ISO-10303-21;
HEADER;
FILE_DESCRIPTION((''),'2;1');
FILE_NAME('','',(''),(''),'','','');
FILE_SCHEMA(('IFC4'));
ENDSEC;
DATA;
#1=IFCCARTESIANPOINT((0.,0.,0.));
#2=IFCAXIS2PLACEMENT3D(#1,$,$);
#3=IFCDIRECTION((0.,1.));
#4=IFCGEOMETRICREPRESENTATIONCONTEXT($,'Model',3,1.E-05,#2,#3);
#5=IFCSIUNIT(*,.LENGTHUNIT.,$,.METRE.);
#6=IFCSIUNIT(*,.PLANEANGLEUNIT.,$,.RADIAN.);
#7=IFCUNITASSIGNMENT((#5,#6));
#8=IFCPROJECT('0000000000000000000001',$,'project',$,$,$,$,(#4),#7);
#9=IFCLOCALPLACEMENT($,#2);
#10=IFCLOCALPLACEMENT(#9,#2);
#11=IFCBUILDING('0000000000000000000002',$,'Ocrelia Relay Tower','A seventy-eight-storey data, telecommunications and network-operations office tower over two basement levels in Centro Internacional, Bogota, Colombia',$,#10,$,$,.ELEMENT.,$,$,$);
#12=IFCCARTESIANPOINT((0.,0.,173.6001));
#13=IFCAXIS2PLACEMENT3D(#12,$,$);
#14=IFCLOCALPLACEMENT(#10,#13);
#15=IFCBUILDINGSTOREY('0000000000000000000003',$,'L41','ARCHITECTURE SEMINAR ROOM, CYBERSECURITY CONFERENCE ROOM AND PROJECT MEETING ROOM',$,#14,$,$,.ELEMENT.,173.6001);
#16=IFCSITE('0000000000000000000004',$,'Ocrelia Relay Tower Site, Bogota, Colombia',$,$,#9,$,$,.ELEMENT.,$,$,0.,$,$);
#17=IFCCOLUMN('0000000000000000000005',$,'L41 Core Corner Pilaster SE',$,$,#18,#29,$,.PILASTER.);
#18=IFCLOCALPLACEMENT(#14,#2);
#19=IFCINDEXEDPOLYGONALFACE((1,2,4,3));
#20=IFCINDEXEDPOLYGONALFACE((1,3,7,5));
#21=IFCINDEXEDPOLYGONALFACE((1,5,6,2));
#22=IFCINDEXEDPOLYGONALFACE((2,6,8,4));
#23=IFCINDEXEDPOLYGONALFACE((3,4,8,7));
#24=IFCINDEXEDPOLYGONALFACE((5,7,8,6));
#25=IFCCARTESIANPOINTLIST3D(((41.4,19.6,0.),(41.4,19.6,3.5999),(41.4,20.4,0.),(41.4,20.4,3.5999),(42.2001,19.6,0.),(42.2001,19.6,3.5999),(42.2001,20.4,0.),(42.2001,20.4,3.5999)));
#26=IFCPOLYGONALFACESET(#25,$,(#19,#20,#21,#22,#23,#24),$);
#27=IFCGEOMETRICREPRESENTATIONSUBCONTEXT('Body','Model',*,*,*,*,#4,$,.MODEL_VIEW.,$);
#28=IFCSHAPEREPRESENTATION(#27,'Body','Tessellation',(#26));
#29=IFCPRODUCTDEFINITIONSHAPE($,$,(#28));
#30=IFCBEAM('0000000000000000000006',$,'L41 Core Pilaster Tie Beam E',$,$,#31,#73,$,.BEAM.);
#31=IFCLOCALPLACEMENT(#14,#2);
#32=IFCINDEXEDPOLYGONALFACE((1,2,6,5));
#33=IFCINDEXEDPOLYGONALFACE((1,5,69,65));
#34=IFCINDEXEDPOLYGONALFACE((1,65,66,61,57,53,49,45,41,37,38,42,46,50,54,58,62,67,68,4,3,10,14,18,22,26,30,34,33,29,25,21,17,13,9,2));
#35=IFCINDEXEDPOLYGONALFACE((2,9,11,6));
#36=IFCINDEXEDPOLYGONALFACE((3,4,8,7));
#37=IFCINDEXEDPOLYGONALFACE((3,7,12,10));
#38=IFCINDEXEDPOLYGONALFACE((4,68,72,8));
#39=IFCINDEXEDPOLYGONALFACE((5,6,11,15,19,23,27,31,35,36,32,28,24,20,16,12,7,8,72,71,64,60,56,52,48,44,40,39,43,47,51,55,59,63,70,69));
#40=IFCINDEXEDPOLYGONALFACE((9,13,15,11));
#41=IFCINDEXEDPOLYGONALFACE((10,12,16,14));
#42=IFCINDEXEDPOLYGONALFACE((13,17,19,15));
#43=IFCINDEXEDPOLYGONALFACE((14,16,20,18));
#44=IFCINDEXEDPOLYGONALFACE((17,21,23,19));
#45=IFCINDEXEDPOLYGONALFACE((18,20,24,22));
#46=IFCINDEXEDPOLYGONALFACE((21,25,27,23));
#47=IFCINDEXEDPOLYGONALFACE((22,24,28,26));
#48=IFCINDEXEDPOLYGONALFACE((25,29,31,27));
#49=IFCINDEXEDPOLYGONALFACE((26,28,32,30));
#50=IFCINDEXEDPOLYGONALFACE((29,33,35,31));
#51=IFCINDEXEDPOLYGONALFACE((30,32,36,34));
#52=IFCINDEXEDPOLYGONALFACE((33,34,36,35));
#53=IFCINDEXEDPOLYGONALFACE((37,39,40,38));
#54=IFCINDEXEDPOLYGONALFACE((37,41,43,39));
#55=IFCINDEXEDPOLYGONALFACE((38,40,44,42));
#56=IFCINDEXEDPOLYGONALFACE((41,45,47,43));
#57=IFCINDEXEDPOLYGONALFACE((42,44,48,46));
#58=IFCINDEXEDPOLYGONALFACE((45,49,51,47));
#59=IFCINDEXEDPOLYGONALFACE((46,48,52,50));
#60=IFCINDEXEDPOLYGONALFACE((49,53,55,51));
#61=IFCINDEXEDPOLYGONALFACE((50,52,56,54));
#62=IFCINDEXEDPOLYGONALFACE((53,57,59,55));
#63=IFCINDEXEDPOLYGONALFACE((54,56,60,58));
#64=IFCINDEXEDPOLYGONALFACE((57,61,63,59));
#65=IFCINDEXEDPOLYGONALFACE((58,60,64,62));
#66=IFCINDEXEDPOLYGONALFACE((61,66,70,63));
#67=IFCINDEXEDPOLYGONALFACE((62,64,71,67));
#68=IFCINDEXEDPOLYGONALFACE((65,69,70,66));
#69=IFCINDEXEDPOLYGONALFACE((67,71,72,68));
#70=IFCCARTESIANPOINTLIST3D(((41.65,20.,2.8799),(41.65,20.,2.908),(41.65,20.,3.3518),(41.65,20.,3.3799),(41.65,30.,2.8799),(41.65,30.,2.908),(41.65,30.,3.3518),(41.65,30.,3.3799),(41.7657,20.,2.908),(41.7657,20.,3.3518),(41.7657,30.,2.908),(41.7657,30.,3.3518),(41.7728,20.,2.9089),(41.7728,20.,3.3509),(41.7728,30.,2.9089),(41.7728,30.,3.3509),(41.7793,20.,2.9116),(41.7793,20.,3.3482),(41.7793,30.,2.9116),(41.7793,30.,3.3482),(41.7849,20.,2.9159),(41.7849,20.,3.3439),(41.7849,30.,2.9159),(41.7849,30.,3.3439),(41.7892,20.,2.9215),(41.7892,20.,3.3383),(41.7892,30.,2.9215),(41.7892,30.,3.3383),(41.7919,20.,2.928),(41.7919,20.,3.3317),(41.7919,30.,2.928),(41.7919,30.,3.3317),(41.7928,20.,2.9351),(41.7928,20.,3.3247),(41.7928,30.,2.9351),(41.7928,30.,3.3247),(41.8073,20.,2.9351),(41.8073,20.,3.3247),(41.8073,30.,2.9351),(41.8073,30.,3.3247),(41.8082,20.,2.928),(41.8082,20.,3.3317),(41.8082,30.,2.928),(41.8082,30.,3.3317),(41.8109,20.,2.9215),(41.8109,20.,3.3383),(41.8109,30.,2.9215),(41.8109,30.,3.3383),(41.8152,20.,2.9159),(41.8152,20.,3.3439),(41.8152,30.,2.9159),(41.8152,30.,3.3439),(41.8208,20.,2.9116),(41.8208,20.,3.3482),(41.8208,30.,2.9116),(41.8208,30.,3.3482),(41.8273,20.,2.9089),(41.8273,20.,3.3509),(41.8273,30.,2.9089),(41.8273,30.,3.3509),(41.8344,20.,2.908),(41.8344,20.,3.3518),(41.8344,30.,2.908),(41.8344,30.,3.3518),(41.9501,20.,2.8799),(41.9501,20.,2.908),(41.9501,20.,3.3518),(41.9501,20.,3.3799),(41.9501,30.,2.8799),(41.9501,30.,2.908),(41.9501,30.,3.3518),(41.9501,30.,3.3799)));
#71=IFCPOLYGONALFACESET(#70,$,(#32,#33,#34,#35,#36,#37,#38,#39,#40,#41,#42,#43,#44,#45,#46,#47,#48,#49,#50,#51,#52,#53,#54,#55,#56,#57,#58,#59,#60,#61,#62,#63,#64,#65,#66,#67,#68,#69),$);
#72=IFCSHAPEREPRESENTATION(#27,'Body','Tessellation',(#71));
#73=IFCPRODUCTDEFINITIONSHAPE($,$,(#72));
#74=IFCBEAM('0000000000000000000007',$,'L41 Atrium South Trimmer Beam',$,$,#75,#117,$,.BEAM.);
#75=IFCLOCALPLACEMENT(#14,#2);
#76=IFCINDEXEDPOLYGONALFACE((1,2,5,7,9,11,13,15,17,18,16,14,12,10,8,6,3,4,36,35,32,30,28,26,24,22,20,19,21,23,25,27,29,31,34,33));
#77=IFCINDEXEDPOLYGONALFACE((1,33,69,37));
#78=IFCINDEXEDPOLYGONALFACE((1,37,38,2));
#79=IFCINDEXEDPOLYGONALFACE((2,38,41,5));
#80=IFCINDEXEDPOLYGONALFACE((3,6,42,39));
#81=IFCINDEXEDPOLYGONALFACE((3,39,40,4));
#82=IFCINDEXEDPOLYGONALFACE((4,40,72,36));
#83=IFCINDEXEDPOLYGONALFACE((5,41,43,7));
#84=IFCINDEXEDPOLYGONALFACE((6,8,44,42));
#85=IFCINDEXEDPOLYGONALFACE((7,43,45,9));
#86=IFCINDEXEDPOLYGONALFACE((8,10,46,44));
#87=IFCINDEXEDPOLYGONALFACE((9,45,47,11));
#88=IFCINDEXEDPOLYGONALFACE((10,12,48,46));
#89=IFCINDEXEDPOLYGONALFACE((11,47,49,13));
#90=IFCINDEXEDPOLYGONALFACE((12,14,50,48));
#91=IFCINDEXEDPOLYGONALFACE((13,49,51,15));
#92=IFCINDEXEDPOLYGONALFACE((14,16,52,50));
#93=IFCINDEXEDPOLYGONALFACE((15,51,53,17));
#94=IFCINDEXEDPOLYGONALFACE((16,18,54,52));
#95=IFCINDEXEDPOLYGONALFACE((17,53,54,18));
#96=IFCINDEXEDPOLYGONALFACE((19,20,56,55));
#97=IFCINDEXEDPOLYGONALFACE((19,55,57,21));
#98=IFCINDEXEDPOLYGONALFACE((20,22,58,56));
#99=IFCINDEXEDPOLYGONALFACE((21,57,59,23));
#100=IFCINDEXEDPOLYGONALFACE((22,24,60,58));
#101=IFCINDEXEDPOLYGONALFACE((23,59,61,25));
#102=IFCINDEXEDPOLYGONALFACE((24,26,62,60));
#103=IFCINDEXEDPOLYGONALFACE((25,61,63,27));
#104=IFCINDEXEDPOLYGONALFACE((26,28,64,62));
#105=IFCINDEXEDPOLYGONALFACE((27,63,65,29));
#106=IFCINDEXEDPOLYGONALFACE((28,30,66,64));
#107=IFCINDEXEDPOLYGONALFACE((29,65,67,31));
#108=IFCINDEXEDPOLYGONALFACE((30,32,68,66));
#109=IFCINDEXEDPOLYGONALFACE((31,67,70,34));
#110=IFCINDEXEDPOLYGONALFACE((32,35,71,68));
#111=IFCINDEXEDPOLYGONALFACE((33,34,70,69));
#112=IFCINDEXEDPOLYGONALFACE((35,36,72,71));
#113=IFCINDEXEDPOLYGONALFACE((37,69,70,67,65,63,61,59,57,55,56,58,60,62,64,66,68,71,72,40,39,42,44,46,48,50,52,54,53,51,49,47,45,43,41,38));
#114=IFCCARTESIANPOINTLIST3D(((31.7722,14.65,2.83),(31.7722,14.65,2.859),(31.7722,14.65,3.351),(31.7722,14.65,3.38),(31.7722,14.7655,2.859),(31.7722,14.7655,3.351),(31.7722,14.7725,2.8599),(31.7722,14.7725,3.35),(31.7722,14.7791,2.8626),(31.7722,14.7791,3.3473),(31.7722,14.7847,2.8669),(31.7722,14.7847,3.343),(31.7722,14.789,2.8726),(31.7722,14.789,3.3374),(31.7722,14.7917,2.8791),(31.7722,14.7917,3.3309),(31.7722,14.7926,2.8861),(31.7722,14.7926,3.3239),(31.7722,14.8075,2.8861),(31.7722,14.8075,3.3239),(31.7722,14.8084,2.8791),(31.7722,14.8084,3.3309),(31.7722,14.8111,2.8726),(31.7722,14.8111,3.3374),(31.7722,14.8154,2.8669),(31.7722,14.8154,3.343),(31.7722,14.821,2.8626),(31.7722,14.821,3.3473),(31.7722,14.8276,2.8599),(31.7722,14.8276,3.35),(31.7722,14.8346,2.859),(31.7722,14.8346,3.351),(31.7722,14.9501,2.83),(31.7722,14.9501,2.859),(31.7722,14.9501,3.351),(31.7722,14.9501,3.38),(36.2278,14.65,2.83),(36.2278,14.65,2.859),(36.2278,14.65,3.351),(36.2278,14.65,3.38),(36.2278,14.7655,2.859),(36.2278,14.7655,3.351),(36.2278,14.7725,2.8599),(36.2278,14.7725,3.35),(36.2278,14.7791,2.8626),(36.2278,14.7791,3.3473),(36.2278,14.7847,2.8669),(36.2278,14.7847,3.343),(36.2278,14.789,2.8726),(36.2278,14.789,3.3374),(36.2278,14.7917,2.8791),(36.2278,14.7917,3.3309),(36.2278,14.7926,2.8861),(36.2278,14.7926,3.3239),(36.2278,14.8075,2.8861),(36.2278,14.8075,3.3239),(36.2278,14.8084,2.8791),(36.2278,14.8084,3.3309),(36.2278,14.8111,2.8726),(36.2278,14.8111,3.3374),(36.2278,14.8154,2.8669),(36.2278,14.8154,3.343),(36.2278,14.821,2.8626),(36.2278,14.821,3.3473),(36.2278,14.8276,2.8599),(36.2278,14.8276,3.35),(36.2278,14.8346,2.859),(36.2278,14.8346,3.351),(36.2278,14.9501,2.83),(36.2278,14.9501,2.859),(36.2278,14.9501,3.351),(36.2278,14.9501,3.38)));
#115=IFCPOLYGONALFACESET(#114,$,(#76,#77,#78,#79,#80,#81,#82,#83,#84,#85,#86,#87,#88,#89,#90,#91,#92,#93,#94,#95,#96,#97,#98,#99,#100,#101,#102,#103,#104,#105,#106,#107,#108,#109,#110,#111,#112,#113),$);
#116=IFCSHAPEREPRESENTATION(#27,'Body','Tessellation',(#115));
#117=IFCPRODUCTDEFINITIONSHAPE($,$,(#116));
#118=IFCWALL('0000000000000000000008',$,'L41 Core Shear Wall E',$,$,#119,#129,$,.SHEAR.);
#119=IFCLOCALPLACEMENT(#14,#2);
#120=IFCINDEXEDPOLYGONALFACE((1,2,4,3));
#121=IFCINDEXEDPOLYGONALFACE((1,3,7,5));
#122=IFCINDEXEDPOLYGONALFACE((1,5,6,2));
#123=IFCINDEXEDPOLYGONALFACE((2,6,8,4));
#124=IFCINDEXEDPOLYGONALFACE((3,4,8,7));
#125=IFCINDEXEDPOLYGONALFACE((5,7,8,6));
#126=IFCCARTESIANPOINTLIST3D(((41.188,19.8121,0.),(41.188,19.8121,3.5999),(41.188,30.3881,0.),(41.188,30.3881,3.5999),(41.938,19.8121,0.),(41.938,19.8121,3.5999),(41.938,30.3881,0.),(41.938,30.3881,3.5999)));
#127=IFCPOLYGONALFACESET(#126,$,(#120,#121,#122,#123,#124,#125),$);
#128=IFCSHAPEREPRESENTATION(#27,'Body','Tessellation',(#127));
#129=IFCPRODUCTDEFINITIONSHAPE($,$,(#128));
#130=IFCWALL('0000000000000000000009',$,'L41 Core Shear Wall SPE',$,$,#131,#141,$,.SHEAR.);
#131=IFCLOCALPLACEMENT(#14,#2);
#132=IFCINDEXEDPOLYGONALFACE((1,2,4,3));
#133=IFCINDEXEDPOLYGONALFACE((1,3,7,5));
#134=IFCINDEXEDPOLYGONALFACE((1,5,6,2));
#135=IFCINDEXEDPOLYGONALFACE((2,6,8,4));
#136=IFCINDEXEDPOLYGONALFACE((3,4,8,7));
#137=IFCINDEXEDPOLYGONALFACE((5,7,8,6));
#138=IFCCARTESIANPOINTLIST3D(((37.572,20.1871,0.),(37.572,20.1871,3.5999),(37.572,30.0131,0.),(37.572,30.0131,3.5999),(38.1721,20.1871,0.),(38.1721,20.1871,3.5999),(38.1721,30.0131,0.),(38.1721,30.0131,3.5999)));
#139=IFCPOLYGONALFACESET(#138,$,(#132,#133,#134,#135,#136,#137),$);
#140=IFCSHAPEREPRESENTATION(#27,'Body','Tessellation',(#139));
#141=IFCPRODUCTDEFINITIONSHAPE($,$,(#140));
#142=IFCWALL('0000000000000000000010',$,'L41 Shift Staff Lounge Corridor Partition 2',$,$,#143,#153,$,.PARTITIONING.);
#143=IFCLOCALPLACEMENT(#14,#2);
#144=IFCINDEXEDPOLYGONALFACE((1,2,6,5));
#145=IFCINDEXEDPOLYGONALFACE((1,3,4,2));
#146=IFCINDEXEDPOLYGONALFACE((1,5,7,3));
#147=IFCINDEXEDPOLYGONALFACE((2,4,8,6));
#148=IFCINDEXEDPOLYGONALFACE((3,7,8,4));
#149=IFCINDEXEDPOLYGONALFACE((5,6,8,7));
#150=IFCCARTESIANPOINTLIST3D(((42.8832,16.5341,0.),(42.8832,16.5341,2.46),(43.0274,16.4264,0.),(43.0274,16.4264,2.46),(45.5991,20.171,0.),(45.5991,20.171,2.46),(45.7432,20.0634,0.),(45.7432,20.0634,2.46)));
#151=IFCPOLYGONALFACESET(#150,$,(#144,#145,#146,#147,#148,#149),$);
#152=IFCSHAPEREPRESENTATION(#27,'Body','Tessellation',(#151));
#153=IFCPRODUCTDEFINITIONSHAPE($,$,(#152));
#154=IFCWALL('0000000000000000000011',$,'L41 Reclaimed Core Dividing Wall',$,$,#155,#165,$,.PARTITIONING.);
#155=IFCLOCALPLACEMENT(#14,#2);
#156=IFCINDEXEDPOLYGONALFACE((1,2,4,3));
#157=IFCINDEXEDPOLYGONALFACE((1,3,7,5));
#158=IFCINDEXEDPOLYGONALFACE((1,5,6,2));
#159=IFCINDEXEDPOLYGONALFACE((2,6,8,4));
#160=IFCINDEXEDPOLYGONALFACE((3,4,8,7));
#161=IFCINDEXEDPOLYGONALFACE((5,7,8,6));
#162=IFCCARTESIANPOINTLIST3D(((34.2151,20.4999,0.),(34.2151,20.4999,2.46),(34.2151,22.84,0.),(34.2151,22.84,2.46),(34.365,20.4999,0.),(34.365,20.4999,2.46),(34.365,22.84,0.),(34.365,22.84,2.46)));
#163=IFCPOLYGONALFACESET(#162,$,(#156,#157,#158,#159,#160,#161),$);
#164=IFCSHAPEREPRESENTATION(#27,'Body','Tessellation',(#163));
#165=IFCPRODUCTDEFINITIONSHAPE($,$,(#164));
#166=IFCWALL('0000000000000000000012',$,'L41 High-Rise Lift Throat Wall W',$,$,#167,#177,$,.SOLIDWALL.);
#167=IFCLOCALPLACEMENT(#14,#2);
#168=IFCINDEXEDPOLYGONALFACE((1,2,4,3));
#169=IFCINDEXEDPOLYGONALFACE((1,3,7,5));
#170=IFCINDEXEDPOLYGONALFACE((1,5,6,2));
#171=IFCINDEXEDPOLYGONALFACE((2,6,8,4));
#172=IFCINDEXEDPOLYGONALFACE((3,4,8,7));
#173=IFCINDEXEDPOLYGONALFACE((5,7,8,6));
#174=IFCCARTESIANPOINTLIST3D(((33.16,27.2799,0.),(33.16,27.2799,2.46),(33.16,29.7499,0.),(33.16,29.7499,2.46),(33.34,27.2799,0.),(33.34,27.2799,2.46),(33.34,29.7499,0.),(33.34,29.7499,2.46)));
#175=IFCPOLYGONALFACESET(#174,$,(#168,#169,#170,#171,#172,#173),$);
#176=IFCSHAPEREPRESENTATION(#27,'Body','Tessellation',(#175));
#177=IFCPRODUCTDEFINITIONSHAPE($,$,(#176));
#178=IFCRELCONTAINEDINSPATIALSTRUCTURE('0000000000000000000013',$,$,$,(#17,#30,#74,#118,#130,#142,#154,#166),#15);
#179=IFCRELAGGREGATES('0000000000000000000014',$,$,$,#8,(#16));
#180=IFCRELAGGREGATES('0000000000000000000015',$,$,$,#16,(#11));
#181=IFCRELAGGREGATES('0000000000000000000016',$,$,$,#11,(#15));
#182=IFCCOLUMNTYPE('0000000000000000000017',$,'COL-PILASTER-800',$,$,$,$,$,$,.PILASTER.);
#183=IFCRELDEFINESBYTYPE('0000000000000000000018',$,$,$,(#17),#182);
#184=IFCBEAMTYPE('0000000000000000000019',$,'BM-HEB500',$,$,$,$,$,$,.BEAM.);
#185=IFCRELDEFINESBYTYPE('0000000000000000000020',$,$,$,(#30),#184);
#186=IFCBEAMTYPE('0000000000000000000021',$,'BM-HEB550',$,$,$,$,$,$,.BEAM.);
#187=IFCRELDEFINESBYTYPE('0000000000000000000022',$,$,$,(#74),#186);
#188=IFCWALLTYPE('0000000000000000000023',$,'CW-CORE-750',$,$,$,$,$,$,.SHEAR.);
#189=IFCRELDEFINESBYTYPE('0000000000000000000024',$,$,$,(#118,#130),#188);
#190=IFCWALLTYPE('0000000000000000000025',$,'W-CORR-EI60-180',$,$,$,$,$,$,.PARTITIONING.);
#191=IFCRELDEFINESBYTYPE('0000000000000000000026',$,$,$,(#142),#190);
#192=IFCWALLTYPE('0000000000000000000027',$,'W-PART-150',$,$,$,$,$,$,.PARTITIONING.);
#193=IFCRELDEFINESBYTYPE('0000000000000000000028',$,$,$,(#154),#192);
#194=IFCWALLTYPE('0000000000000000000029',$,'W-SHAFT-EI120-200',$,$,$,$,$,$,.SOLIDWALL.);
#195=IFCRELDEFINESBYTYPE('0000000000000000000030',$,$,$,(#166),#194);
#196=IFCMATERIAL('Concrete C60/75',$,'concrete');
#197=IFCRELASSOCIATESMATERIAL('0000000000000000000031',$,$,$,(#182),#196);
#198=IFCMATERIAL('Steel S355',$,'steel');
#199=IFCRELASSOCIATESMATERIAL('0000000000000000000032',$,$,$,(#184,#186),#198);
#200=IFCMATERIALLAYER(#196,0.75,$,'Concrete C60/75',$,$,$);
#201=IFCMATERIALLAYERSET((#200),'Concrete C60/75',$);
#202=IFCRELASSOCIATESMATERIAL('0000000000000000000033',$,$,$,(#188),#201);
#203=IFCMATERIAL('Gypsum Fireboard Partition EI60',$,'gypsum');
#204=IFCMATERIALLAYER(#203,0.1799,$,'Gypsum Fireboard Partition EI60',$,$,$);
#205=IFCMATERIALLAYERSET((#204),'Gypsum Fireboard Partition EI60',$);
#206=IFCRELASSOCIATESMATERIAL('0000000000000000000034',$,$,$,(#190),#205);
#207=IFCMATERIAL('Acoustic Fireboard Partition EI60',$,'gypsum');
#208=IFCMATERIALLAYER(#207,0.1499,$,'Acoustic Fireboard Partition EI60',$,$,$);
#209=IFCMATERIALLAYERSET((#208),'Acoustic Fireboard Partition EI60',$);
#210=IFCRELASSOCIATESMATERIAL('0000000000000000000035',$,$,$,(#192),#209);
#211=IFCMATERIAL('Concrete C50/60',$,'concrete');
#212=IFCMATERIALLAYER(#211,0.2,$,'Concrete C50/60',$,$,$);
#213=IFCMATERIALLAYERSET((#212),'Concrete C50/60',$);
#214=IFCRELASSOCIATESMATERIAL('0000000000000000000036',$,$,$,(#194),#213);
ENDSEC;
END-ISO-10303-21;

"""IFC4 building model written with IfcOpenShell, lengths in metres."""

from ifc_helpers import new_model, si_unit, direction, frame, frame_2d, origin, origin_2d, place, context, subcontext, project, spatial, rectangle, i_section, extrude, material, layer, layer_set, material_profile, profile_set, type_object, element, save


model = new_model("IFC4")

# Units and contexts
model_context = context("Model", 3, precision=1e-05, world=origin(), true_north=direction((0.0, 1.0)))
body_context = subcontext(model_context, "Body", "Model", "MODEL_VIEW")
ifc_project = project(units=[si_unit("LENGTHUNIT", "METRE"), si_unit("PLANEANGLEUNIT", "RADIAN")], contexts=[model_context])

# Site, building, storey
site_placement = place(None, origin())
site = spatial("IfcSite", under=ifc_project, at=site_placement, Name="Ocrelia Relay Tower Site, Bogota, Colombia", CompositionType="ELEMENT", RefElevation=0.0)
building_placement = place(site_placement, origin())
building = spatial("IfcBuilding", under=site, at=building_placement, Name="Ocrelia Relay Tower", Description="A seventy-eight-storey data, telecommunications and network-operations office tower over two basement levels in Centro Internacional, Bogota, Colombia", CompositionType="ELEMENT")
storey_placement = place(building_placement, frame((0.0, 0.0, 173.6001)))
storey = spatial("IfcBuildingStorey", under=building, at=storey_placement, Name="L41", Description="ARCHITECTURE SEMINAR ROOM, CYBERSECURITY CONFERENCE ROOM AND PROJECT MEETING ROOM", CompositionType="ELEMENT", Elevation=173.6001)

# Column
ifc_material_1 = material(Name="Concrete C60/75", Category="concrete")
ifc_material_profile_1 = material_profile(ifc_material_1, rectangle(XDim=0.8, YDim=0.8, at=origin_2d()), Name="RC-COL-800x800")
ifc_profile_set_1 = profile_set([ifc_material_profile_1], Name="Concrete C60/75")
column_type = type_object("IfcColumnType", Name="COL-PILASTER-800", PredefinedType="PILASTER", material=ifc_profile_set_1)
column_placement = place(storey_placement, frame((41.8, 20.0, 0.0), z_axis=(0.0, 0.0, 1.0), x_axis=(1.0, 0.0, 0.0)))
element("IfcColumn", 1, at=column_placement, inside=storey, type_object=column_type, Name="L41 Core Corner Pilaster SE", PredefinedType="PILASTER", context=body_context, shape_type="SweptSolid", body=[
    extrude(rectangle(XDim=0.8, YDim=0.8, at=origin_2d()), origin(), (0.0, 0.0, 1.0), 3.5999),
])

# Beams
ifc_material_2 = material(Name="Steel S355", Category="steel")
ifc_material_profile_2 = material_profile(ifc_material_2, i_section(OverallWidth=0.3, OverallDepth=0.5, WebThickness=0.0144, FlangeThickness=0.0281, FilletRadius=0.0271, at=origin_2d()), Name="HEB 500")
ifc_profile_set_2 = profile_set([ifc_material_profile_2], Name="Steel S355")
beam_type_1 = type_object("IfcBeamType", Name="BM-HEB500", PredefinedType="BEAM", material=ifc_profile_set_2)
beam_1_placement = place(storey_placement, frame((41.8, 20.0, 3.1299), z_axis=(0.0, 1.0, 0.0), x_axis=(-1.0, 0.0, 0.0)))
element("IfcBeam", 2, at=beam_1_placement, inside=storey, type_object=beam_type_1, Name="L41 Core Pilaster Tie Beam E", PredefinedType="BEAM", context=body_context, shape_type="SweptSolid", body=[
    extrude(i_section(OverallWidth=0.3, OverallDepth=0.5, WebThickness=0.0144, FlangeThickness=0.0281, FilletRadius=0.0271, at=origin_2d()), origin(), (0.0, 0.0, 1.0), 10.0),
])
ifc_material_profile_3 = material_profile(ifc_material_2, i_section(OverallWidth=0.3, OverallDepth=0.55, WebThickness=0.0149, FlangeThickness=0.0291, FilletRadius=0.0271, at=origin_2d()), Name="HEB 550")
ifc_profile_set_3 = profile_set([ifc_material_profile_3], Name="Steel S355")
beam_type_2 = type_object("IfcBeamType", Name="BM-HEB550", PredefinedType="BEAM", material=ifc_profile_set_3)
beam_2_placement = place(storey_placement, frame((31.7722, 14.8, 3.105), z_axis=(1.0, 0.0, 0.0), x_axis=(0.0, 1.0, 0.0)))
element("IfcBeam", 3, at=beam_2_placement, inside=storey, type_object=beam_type_2, Name="L41 Atrium South Trimmer Beam", PredefinedType="BEAM", context=body_context, shape_type="SweptSolid", body=[
    extrude(i_section(OverallWidth=0.3, OverallDepth=0.55, WebThickness=0.0149, FlangeThickness=0.0291, FilletRadius=0.0271, at=origin_2d()), origin(), (0.0, 0.0, 1.0), 4.4556),
])

# Walls
ifc_layer_1 = layer(ifc_material_1, 0.75, Name="Concrete C60/75")
ifc_layer_set_1 = layer_set([ifc_layer_1], Name="Concrete C60/75")
wall_type_1 = type_object("IfcWallType", Name="CW-CORE-750", PredefinedType="SHEAR", material=ifc_layer_set_1)
wall_1_placement = place(storey_placement, frame((41.563, 19.812, 0.0), z_axis=(0.0, 0.0, 1.0), x_axis=(0.0, 1.0, 0.0)))
element("IfcWall", 4, at=wall_1_placement, inside=storey, type_object=wall_type_1, Name="L41 Core Shear Wall E", PredefinedType="SHEAR", context=body_context, shape_type="SweptSolid", body=[
    extrude(rectangle(XDim=10.5759, YDim=0.75, at=frame_2d((5.2881, 0.0))), origin(), (0.0, 0.0, 1.0), 3.5999),
])
wall_2_placement = place(storey_placement, frame((37.8721, 20.187, 0.0), z_axis=(0.0, 0.0, 1.0), x_axis=(0.0, 1.0, 0.0)))
element("IfcWall", 5, at=wall_2_placement, inside=storey, type_object=wall_type_1, Name="L41 Core Shear Wall SPE", PredefinedType="SHEAR", context=body_context, shape_type="SweptSolid", body=[
    extrude(rectangle(XDim=9.8259, YDim=0.6001, at=frame_2d((4.9131, 0.0))), origin(), (0.0, 0.0, 1.0), 3.5999),
])
ifc_material_3 = material(Name="Gypsum Fireboard Partition EI60", Category="gypsum")
ifc_layer_2 = layer(ifc_material_3, 0.1799, Name="Gypsum Fireboard Partition EI60")
ifc_layer_set_2 = layer_set([ifc_layer_2], Name="Gypsum Fireboard Partition EI60")
wall_type_2 = type_object("IfcWallType", Name="W-CORR-EI60-180", PredefinedType="PARTITIONING", material=ifc_layer_set_2)
wall_3_placement = place(storey_placement, frame((42.9553, 16.4802, 0.0), z_axis=(0.0, 0.0, 1.0), x_axis=(0.598321, 0.801257, 0.0)))
element("IfcWall", 6, at=wall_3_placement, inside=storey, type_object=wall_type_2, Name="L41 Shift Staff Lounge Corridor Partition 2", PredefinedType="PARTITIONING", context=body_context, shape_type="SweptSolid", body=[
    extrude(rectangle(XDim=4.5391, YDim=0.1799, at=frame_2d((2.2695, 0.0))), origin(), (0.0, 0.0, 1.0), 2.46),
])
ifc_material_4 = material(Name="Acoustic Fireboard Partition EI60", Category="gypsum")
ifc_layer_3 = layer(ifc_material_4, 0.1499, Name="Acoustic Fireboard Partition EI60")
ifc_layer_set_3 = layer_set([ifc_layer_3], Name="Acoustic Fireboard Partition EI60")
wall_type_3 = type_object("IfcWallType", Name="W-PART-150", PredefinedType="PARTITIONING", material=ifc_layer_set_3)
wall_4_placement = place(storey_placement, frame((34.29, 20.5, 0.0), z_axis=(0.0, 0.0, 1.0), x_axis=(0.0, 1.0, 0.0)))
element("IfcWall", 7, at=wall_4_placement, inside=storey, type_object=wall_type_3, Name="L41 Reclaimed Core Dividing Wall", PredefinedType="PARTITIONING", context=body_context, shape_type="SweptSolid", body=[
    extrude(rectangle(XDim=2.3401, YDim=0.1499, at=frame_2d((1.1699, 0.0))), origin(), (0.0, 0.0, 1.0), 2.46),
])
ifc_material_5 = material(Name="Concrete C50/60", Category="concrete")
ifc_layer_4 = layer(ifc_material_5, 0.2, Name="Concrete C50/60")
ifc_layer_set_4 = layer_set([ifc_layer_4], Name="Concrete C50/60")
wall_type_4 = type_object("IfcWallType", Name="W-SHAFT-EI120-200", PredefinedType="SOLIDWALL", material=ifc_layer_set_4)
wall_5_placement = place(storey_placement, frame((33.25, 27.28, 0.0), z_axis=(0.0, 0.0, 1.0), x_axis=(0.0, 1.0, 0.0)))
element("IfcWall", 8, at=wall_5_placement, inside=storey, type_object=wall_type_4, Name="L41 High-Rise Lift Throat Wall W", PredefinedType="SOLIDWALL", context=body_context, shape_type="SweptSolid", body=[
    extrude(rectangle(XDim=2.47, YDim=0.1799, at=frame_2d((1.2349, 0.0))), origin(), (0.0, 0.0, 1.0), 2.46),
])

save(model, "model.ifc")
